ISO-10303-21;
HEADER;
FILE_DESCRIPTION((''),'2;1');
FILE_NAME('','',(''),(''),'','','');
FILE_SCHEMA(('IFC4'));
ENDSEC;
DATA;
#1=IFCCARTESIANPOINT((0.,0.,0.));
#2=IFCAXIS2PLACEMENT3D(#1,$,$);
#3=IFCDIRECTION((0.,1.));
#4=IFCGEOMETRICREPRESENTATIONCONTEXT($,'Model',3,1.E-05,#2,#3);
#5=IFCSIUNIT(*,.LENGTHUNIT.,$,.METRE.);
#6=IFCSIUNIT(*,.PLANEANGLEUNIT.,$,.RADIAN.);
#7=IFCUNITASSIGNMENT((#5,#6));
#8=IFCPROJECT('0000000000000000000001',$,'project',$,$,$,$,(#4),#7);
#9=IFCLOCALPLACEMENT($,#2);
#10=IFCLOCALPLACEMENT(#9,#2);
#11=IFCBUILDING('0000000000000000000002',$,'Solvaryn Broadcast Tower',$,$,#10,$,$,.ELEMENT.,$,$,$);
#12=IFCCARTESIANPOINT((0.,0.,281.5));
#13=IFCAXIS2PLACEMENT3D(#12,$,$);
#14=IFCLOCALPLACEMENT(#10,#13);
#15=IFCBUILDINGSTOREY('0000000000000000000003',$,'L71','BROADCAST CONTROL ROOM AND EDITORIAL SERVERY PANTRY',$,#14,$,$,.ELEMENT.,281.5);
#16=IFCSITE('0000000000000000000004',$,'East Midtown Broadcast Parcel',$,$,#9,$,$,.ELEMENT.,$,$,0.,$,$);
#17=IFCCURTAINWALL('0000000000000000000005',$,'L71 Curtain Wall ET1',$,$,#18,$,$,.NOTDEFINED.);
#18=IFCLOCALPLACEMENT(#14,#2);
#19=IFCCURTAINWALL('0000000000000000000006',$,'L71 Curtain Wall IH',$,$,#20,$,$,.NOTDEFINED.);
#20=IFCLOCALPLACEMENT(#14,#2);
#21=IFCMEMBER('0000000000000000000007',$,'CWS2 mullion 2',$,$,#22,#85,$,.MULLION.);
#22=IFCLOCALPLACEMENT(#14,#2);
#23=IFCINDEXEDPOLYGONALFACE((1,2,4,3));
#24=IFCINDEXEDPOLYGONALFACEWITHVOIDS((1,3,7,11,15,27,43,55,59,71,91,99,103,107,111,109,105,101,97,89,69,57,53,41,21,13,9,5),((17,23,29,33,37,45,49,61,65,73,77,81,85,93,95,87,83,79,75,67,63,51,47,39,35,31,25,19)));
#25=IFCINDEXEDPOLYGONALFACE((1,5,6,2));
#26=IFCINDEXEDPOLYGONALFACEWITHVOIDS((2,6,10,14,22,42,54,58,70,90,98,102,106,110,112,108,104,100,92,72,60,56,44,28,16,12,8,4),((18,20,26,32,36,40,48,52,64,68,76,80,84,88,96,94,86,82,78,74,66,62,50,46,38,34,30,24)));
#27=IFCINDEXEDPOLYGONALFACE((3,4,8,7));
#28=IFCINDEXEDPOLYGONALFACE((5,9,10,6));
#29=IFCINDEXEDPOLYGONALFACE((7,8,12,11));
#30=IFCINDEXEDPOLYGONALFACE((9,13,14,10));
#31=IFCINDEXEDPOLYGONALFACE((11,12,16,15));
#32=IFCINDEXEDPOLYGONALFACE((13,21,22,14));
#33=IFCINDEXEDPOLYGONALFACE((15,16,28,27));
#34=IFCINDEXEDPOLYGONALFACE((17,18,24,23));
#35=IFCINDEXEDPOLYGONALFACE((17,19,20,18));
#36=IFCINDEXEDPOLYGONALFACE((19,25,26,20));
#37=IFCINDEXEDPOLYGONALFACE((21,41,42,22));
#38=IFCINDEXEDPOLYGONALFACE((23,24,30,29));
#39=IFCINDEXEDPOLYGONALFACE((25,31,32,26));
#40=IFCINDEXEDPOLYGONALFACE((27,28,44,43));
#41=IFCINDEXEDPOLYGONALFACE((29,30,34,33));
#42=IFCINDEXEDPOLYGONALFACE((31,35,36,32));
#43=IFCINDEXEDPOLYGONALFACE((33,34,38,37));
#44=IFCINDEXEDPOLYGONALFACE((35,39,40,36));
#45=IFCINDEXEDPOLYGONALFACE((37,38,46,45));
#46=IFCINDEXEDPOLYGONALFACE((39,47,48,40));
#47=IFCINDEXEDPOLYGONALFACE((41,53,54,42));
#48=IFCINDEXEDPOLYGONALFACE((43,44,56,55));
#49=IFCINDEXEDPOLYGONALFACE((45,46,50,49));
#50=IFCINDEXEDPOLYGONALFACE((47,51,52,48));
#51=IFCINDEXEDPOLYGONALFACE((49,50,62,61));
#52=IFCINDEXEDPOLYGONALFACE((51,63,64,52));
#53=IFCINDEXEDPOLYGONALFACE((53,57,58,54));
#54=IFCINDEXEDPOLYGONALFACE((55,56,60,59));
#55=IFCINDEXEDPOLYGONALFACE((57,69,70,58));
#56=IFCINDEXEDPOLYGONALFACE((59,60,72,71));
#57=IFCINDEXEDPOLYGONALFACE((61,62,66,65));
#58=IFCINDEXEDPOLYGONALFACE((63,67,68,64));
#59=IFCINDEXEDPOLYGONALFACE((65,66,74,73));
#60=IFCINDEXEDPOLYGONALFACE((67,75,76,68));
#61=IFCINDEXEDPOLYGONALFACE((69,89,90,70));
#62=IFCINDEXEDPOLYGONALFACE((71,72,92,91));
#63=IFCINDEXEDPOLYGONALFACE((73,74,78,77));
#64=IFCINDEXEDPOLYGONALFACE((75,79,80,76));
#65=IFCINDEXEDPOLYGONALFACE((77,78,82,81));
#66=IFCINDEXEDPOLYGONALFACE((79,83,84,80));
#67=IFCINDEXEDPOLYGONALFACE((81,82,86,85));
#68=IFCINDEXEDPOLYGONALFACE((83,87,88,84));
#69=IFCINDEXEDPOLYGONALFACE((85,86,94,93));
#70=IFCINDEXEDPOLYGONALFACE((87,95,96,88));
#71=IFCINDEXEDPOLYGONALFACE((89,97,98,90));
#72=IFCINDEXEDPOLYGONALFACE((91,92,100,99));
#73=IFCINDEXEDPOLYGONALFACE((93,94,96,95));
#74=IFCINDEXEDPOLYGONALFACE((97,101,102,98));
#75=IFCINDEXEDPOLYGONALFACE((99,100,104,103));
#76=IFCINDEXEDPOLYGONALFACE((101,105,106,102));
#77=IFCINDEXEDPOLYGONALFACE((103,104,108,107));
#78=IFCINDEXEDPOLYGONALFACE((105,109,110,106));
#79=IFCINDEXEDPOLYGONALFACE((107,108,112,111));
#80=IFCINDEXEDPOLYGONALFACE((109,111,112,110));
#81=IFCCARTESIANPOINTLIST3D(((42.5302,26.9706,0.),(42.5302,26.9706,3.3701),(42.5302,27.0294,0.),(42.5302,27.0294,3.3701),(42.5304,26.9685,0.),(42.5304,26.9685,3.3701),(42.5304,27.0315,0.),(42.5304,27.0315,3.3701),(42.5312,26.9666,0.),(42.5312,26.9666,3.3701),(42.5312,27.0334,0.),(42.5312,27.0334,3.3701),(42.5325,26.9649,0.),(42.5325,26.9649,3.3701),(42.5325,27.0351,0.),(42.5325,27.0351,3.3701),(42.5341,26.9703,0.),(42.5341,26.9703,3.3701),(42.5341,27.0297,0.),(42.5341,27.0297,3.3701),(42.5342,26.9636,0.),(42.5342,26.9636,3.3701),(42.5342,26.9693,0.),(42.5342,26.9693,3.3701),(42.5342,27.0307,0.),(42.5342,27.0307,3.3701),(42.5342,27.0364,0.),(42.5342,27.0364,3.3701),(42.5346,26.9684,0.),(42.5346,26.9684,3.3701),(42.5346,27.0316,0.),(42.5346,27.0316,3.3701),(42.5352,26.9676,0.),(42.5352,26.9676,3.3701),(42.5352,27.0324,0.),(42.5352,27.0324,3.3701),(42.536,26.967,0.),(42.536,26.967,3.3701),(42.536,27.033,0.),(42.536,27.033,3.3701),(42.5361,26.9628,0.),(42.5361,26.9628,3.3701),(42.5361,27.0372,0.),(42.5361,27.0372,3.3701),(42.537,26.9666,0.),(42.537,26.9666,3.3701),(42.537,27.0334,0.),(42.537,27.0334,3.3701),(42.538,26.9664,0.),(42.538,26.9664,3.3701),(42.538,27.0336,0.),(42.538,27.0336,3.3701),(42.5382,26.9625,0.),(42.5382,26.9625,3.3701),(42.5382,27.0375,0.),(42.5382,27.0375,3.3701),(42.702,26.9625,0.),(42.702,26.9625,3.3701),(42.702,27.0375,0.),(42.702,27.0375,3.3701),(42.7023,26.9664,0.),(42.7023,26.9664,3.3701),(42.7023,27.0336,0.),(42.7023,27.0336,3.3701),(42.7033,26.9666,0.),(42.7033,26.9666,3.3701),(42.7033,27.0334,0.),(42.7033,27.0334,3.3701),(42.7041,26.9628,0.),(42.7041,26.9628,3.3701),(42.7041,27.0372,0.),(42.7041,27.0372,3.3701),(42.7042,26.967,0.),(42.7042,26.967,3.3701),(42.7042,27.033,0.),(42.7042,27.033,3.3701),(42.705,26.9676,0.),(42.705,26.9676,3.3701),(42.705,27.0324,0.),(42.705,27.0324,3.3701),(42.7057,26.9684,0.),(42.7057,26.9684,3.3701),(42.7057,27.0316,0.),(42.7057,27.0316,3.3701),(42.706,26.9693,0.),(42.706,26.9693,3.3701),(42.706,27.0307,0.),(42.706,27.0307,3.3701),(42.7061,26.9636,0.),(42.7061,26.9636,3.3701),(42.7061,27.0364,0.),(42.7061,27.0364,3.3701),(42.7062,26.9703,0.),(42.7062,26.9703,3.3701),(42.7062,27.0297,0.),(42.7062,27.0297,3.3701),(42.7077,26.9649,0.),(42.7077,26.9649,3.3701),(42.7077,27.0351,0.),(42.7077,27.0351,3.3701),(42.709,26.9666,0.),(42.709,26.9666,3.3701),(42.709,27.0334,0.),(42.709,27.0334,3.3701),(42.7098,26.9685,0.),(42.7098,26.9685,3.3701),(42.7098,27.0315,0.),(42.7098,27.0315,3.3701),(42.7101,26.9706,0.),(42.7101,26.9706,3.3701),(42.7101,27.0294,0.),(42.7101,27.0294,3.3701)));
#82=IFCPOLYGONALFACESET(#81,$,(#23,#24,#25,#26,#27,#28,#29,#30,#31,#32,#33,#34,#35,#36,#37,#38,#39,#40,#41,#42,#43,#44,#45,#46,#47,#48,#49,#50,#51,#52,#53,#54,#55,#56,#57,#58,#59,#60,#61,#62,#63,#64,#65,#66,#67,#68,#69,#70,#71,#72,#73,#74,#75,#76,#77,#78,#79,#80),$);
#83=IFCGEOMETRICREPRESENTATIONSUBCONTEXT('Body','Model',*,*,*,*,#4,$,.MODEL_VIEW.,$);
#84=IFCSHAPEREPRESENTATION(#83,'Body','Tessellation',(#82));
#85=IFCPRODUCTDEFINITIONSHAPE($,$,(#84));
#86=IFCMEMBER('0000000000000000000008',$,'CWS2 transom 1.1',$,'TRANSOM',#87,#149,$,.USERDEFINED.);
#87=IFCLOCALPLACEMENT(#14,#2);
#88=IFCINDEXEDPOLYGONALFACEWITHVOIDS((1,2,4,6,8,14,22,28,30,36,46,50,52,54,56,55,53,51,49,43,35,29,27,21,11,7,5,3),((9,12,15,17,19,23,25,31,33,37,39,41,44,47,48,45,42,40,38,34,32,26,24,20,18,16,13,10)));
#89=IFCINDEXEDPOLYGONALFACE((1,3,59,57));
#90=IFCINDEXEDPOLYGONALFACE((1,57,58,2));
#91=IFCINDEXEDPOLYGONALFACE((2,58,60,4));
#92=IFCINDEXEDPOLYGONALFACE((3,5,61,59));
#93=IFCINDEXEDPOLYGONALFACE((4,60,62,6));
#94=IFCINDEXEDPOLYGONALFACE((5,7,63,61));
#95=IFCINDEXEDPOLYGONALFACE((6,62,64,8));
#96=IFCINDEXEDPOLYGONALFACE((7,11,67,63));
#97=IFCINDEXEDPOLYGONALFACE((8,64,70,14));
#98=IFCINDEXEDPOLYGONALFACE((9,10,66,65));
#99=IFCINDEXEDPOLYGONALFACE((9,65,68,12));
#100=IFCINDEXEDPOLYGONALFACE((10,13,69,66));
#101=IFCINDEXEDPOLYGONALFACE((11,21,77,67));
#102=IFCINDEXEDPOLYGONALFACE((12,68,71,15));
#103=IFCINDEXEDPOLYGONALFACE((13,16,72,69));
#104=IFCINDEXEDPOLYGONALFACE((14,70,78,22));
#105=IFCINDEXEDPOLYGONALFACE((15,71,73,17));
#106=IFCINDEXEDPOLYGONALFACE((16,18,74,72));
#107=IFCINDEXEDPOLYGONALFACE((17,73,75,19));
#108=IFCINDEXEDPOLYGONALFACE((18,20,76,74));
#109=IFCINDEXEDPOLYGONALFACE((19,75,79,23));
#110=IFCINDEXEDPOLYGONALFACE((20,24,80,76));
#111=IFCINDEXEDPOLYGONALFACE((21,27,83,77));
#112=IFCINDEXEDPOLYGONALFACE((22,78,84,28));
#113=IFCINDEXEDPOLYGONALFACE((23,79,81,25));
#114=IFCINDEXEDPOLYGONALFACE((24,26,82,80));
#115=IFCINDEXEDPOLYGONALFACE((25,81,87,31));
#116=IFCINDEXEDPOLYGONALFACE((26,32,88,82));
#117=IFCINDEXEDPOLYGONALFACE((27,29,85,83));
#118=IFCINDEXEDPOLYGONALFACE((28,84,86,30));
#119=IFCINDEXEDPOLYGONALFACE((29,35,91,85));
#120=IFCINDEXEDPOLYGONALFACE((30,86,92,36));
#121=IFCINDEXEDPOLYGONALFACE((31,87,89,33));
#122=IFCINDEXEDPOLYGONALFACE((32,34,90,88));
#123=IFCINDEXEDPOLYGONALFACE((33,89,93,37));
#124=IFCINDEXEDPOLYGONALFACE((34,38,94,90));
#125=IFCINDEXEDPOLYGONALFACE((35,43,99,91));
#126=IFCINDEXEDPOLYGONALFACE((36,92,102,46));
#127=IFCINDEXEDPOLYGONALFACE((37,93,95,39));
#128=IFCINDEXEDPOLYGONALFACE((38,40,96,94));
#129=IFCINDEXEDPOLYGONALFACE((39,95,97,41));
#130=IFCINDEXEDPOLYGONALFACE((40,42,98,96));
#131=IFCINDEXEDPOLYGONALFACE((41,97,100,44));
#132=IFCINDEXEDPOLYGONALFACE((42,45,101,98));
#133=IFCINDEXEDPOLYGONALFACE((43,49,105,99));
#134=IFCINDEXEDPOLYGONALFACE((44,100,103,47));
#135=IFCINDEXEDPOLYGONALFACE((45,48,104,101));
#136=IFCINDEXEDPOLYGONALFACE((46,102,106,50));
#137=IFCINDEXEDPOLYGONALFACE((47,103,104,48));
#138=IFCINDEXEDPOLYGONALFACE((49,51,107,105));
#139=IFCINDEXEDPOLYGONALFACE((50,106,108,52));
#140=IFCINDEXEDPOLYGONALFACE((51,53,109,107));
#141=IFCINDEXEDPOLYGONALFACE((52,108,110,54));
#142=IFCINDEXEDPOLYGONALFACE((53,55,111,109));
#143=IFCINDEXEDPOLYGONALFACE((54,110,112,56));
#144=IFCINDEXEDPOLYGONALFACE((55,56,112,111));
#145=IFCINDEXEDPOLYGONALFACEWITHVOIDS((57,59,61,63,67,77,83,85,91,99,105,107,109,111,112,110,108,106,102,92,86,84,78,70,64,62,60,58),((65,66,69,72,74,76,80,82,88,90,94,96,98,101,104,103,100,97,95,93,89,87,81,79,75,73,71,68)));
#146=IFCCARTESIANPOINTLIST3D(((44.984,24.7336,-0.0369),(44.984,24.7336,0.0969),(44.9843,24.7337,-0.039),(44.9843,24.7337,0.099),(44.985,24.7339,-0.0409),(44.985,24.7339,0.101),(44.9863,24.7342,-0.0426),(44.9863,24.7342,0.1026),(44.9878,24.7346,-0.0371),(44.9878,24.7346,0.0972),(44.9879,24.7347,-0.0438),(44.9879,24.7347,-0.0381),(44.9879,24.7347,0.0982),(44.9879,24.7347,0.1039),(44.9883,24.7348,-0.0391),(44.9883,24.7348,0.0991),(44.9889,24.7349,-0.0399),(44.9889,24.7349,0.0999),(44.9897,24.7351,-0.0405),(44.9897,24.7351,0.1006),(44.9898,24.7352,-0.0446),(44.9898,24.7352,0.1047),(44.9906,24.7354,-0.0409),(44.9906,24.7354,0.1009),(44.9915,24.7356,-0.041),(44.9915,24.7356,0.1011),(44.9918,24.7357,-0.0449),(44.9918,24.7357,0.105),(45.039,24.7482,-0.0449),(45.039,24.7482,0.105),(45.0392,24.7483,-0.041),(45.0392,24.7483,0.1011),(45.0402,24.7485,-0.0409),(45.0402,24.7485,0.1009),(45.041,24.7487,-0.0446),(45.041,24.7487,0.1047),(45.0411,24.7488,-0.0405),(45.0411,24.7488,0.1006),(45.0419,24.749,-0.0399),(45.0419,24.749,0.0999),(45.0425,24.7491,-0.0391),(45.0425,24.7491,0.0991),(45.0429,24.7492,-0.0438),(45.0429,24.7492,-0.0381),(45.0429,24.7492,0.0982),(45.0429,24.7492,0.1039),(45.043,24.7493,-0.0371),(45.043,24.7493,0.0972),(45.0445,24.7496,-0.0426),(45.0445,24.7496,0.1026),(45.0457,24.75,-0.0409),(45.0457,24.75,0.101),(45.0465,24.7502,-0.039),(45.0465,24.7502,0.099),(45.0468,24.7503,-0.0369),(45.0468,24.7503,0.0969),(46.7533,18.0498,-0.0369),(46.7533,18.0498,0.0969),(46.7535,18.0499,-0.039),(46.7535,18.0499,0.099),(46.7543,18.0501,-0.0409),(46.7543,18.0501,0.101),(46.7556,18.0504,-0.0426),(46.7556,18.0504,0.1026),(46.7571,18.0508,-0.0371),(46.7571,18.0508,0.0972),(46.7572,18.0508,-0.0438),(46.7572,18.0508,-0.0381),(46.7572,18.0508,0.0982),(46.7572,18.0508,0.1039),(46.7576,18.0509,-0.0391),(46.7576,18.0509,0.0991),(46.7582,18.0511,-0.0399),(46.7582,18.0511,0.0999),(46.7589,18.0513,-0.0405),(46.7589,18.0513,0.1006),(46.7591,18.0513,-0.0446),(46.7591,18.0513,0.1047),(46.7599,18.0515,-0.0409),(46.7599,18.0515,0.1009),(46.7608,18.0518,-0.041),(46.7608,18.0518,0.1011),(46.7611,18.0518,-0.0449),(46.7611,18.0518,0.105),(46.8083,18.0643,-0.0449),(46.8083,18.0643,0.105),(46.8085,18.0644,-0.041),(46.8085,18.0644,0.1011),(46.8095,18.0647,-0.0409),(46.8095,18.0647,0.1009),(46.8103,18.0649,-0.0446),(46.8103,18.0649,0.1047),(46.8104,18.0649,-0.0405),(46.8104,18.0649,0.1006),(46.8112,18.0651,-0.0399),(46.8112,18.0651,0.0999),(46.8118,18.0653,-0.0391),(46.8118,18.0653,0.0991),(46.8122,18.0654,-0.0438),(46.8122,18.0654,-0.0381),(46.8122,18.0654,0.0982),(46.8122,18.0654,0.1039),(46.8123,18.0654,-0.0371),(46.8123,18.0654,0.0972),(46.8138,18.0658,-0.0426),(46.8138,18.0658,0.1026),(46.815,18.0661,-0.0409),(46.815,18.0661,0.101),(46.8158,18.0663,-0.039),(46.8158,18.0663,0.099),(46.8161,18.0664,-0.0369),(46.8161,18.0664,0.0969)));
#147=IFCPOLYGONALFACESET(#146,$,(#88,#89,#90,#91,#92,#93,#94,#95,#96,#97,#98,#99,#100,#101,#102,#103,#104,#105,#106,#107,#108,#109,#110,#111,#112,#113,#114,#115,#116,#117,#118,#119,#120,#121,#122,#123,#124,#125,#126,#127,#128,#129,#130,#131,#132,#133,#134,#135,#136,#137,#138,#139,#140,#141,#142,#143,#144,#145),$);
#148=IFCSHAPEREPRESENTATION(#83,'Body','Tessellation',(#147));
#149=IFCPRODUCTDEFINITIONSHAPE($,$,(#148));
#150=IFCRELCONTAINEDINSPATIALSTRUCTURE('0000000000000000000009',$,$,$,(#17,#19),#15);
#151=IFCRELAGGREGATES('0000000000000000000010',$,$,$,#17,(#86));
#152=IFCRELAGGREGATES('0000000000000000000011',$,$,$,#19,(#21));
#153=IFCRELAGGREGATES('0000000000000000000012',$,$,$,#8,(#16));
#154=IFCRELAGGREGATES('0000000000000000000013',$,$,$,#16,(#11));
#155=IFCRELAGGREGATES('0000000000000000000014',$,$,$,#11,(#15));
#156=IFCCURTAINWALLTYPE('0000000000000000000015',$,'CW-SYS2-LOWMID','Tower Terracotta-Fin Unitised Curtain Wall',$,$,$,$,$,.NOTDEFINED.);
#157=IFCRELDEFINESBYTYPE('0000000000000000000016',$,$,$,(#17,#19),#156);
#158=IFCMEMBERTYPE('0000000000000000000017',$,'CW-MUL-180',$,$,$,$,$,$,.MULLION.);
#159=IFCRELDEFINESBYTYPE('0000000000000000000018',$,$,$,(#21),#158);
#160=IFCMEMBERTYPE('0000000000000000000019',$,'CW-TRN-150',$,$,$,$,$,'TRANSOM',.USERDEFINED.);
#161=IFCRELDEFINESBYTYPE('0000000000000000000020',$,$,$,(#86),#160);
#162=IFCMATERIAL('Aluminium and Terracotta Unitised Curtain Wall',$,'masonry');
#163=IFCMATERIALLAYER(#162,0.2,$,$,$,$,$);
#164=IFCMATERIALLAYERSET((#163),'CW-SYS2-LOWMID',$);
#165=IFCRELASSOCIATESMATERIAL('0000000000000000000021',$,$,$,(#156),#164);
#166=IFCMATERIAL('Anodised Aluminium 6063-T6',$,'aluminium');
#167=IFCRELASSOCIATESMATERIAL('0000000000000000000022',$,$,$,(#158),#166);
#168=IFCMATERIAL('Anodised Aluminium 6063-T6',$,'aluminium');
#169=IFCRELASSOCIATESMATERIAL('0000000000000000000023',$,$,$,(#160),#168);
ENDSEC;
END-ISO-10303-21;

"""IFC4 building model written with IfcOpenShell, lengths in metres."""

from ifc_helpers import new_model, si_unit, direction, frame, origin, origin_2d, place, context, subcontext, project, spatial, hollow_rectangle, extrude, material, layer, layer_set, material_profile, profile_set, type_object, element, aggregate, save


model = new_model("IFC4")

# Units and contexts
model_context = context("Model", 3, precision=1e-05, world=origin(), true_north=direction((0.0, 1.0)))
body_context = subcontext(model_context, "Body", "Model", "MODEL_VIEW")
ifc_project = project(units=[si_unit("LENGTHUNIT", "METRE"), si_unit("PLANEANGLEUNIT", "RADIAN")], contexts=[model_context])

# Site, building, storey
site_placement = place(None, origin())
site = spatial("IfcSite", under=ifc_project, at=site_placement, Name="East Midtown Broadcast Parcel", CompositionType="ELEMENT", RefElevation=0.0)
building_placement = place(site_placement, origin())
building = spatial("IfcBuilding", under=site, at=building_placement, Name="Solvaryn Broadcast Tower", CompositionType="ELEMENT")
storey_placement = place(building_placement, frame((0.0, 0.0, 281.5)))
storey = spatial("IfcBuildingStorey", under=building, at=storey_placement, Name="L71", Description="BROADCAST CONTROL ROOM AND EDITORIAL SERVERY PANTRY", CompositionType="ELEMENT", Elevation=281.5)

# Curtain wall
ifc_material_1 = material(Name="Aluminium and Terracotta Unitised Curtain Wall", Category="masonry")
ifc_layer_1 = layer(ifc_material_1, 0.2)
ifc_layer_set_1 = layer_set([ifc_layer_1], Name="CW-SYS2-LOWMID")
curtain_wall_type = type_object("IfcCurtainWallType", Name="CW-SYS2-LOWMID", Description="Tower Terracotta-Fin Unitised Curtain Wall", PredefinedType="NOTDEFINED", material=ifc_layer_set_1)
curtain_wall_1_placement = place(storey_placement, origin())
curtain_wall_1 = element("IfcCurtainWall", 1, at=curtain_wall_1_placement, inside=storey, type_object=curtain_wall_type, Name="L71 Curtain Wall ET1", PredefinedType="NOTDEFINED")
ifc_material_2 = material(Name="Anodised Aluminium 6063-T6", Category="aluminium")
ifc_material_profile_1 = material_profile(ifc_material_2, hollow_rectangle(XDim=0.075, YDim=0.1799, WallThickness=0.0039, InnerFilletRadius=0.0039, OuterFilletRadius=0.0081, at=origin_2d()))
ifc_profile_set_1 = profile_set([ifc_material_profile_1], Name="Anodised Aluminium 6063-T6")
member_type_1 = type_object("IfcMemberType", Name="CW-MUL-180", PredefinedType="MULLION", material=ifc_profile_set_1)

# Curtain wall, member
curtain_wall_2_placement = place(storey_placement, origin())
curtain_wall_2 = element("IfcCurtainWall", 2, at=curtain_wall_2_placement, inside=storey, type_object=curtain_wall_type, Name="L71 Curtain Wall IH", PredefinedType="NOTDEFINED")
member_1_placement = place(storey_placement, frame((42.6201, 27.0, 0.0), z_axis=(0.0, 0.0, 1.0), x_axis=(0.0, 1.0, 0.0)))
member_1 = element("IfcMember", 3, at=member_1_placement, type_object=member_type_1, Name="CWS2 mullion 2", PredefinedType="MULLION", context=body_context, shape_type="SweptSolid", body=[
    extrude(hollow_rectangle(XDim=0.075, YDim=0.1799, WallThickness=0.0039, InnerFilletRadius=0.0039, OuterFilletRadius=0.0081, at=origin_2d()), origin(), (0.0, 0.0, 1.0), 3.3701),
])

# Member
ifc_material_3 = material(Name="Anodised Aluminium 6063-T6", Category="aluminium")
ifc_material_profile_2 = material_profile(ifc_material_3, hollow_rectangle(XDim=0.0649, YDim=0.1499, WallThickness=0.0039, InnerFilletRadius=0.0039, OuterFilletRadius=0.0081, at=origin_2d()))
ifc_profile_set_2 = profile_set([ifc_material_profile_2], Name="Anodised Aluminium 6063-T6")
member_type_2 = type_object("IfcMemberType", Name="CW-TRN-150", ElementType="TRANSOM", PredefinedType="USERDEFINED", material=ifc_profile_set_2)
member_2_placement = place(storey_placement, frame((45.0154, 24.7419, 0.03), z_axis=(0.255897, -0.966704, 0.0), x_axis=(0.966704, 0.255897, 0.0)))
member_2 = element("IfcMember", 4, at=member_2_placement, type_object=member_type_2, Name="CWS2 transom 1.1", ObjectType="TRANSOM", PredefinedType="USERDEFINED", context=body_context, shape_type="SweptSolid", body=[
    extrude(hollow_rectangle(XDim=0.0649, YDim=0.1499, WallThickness=0.0039, InnerFilletRadius=0.0039, OuterFilletRadius=0.0081, at=origin_2d()), origin(), (0.0, 0.0, 1.0), 6.9141),
])
aggregate(curtain_wall_1, [member_2])

aggregate(curtain_wall_2, [member_1])

save(model, "model.ifc")
